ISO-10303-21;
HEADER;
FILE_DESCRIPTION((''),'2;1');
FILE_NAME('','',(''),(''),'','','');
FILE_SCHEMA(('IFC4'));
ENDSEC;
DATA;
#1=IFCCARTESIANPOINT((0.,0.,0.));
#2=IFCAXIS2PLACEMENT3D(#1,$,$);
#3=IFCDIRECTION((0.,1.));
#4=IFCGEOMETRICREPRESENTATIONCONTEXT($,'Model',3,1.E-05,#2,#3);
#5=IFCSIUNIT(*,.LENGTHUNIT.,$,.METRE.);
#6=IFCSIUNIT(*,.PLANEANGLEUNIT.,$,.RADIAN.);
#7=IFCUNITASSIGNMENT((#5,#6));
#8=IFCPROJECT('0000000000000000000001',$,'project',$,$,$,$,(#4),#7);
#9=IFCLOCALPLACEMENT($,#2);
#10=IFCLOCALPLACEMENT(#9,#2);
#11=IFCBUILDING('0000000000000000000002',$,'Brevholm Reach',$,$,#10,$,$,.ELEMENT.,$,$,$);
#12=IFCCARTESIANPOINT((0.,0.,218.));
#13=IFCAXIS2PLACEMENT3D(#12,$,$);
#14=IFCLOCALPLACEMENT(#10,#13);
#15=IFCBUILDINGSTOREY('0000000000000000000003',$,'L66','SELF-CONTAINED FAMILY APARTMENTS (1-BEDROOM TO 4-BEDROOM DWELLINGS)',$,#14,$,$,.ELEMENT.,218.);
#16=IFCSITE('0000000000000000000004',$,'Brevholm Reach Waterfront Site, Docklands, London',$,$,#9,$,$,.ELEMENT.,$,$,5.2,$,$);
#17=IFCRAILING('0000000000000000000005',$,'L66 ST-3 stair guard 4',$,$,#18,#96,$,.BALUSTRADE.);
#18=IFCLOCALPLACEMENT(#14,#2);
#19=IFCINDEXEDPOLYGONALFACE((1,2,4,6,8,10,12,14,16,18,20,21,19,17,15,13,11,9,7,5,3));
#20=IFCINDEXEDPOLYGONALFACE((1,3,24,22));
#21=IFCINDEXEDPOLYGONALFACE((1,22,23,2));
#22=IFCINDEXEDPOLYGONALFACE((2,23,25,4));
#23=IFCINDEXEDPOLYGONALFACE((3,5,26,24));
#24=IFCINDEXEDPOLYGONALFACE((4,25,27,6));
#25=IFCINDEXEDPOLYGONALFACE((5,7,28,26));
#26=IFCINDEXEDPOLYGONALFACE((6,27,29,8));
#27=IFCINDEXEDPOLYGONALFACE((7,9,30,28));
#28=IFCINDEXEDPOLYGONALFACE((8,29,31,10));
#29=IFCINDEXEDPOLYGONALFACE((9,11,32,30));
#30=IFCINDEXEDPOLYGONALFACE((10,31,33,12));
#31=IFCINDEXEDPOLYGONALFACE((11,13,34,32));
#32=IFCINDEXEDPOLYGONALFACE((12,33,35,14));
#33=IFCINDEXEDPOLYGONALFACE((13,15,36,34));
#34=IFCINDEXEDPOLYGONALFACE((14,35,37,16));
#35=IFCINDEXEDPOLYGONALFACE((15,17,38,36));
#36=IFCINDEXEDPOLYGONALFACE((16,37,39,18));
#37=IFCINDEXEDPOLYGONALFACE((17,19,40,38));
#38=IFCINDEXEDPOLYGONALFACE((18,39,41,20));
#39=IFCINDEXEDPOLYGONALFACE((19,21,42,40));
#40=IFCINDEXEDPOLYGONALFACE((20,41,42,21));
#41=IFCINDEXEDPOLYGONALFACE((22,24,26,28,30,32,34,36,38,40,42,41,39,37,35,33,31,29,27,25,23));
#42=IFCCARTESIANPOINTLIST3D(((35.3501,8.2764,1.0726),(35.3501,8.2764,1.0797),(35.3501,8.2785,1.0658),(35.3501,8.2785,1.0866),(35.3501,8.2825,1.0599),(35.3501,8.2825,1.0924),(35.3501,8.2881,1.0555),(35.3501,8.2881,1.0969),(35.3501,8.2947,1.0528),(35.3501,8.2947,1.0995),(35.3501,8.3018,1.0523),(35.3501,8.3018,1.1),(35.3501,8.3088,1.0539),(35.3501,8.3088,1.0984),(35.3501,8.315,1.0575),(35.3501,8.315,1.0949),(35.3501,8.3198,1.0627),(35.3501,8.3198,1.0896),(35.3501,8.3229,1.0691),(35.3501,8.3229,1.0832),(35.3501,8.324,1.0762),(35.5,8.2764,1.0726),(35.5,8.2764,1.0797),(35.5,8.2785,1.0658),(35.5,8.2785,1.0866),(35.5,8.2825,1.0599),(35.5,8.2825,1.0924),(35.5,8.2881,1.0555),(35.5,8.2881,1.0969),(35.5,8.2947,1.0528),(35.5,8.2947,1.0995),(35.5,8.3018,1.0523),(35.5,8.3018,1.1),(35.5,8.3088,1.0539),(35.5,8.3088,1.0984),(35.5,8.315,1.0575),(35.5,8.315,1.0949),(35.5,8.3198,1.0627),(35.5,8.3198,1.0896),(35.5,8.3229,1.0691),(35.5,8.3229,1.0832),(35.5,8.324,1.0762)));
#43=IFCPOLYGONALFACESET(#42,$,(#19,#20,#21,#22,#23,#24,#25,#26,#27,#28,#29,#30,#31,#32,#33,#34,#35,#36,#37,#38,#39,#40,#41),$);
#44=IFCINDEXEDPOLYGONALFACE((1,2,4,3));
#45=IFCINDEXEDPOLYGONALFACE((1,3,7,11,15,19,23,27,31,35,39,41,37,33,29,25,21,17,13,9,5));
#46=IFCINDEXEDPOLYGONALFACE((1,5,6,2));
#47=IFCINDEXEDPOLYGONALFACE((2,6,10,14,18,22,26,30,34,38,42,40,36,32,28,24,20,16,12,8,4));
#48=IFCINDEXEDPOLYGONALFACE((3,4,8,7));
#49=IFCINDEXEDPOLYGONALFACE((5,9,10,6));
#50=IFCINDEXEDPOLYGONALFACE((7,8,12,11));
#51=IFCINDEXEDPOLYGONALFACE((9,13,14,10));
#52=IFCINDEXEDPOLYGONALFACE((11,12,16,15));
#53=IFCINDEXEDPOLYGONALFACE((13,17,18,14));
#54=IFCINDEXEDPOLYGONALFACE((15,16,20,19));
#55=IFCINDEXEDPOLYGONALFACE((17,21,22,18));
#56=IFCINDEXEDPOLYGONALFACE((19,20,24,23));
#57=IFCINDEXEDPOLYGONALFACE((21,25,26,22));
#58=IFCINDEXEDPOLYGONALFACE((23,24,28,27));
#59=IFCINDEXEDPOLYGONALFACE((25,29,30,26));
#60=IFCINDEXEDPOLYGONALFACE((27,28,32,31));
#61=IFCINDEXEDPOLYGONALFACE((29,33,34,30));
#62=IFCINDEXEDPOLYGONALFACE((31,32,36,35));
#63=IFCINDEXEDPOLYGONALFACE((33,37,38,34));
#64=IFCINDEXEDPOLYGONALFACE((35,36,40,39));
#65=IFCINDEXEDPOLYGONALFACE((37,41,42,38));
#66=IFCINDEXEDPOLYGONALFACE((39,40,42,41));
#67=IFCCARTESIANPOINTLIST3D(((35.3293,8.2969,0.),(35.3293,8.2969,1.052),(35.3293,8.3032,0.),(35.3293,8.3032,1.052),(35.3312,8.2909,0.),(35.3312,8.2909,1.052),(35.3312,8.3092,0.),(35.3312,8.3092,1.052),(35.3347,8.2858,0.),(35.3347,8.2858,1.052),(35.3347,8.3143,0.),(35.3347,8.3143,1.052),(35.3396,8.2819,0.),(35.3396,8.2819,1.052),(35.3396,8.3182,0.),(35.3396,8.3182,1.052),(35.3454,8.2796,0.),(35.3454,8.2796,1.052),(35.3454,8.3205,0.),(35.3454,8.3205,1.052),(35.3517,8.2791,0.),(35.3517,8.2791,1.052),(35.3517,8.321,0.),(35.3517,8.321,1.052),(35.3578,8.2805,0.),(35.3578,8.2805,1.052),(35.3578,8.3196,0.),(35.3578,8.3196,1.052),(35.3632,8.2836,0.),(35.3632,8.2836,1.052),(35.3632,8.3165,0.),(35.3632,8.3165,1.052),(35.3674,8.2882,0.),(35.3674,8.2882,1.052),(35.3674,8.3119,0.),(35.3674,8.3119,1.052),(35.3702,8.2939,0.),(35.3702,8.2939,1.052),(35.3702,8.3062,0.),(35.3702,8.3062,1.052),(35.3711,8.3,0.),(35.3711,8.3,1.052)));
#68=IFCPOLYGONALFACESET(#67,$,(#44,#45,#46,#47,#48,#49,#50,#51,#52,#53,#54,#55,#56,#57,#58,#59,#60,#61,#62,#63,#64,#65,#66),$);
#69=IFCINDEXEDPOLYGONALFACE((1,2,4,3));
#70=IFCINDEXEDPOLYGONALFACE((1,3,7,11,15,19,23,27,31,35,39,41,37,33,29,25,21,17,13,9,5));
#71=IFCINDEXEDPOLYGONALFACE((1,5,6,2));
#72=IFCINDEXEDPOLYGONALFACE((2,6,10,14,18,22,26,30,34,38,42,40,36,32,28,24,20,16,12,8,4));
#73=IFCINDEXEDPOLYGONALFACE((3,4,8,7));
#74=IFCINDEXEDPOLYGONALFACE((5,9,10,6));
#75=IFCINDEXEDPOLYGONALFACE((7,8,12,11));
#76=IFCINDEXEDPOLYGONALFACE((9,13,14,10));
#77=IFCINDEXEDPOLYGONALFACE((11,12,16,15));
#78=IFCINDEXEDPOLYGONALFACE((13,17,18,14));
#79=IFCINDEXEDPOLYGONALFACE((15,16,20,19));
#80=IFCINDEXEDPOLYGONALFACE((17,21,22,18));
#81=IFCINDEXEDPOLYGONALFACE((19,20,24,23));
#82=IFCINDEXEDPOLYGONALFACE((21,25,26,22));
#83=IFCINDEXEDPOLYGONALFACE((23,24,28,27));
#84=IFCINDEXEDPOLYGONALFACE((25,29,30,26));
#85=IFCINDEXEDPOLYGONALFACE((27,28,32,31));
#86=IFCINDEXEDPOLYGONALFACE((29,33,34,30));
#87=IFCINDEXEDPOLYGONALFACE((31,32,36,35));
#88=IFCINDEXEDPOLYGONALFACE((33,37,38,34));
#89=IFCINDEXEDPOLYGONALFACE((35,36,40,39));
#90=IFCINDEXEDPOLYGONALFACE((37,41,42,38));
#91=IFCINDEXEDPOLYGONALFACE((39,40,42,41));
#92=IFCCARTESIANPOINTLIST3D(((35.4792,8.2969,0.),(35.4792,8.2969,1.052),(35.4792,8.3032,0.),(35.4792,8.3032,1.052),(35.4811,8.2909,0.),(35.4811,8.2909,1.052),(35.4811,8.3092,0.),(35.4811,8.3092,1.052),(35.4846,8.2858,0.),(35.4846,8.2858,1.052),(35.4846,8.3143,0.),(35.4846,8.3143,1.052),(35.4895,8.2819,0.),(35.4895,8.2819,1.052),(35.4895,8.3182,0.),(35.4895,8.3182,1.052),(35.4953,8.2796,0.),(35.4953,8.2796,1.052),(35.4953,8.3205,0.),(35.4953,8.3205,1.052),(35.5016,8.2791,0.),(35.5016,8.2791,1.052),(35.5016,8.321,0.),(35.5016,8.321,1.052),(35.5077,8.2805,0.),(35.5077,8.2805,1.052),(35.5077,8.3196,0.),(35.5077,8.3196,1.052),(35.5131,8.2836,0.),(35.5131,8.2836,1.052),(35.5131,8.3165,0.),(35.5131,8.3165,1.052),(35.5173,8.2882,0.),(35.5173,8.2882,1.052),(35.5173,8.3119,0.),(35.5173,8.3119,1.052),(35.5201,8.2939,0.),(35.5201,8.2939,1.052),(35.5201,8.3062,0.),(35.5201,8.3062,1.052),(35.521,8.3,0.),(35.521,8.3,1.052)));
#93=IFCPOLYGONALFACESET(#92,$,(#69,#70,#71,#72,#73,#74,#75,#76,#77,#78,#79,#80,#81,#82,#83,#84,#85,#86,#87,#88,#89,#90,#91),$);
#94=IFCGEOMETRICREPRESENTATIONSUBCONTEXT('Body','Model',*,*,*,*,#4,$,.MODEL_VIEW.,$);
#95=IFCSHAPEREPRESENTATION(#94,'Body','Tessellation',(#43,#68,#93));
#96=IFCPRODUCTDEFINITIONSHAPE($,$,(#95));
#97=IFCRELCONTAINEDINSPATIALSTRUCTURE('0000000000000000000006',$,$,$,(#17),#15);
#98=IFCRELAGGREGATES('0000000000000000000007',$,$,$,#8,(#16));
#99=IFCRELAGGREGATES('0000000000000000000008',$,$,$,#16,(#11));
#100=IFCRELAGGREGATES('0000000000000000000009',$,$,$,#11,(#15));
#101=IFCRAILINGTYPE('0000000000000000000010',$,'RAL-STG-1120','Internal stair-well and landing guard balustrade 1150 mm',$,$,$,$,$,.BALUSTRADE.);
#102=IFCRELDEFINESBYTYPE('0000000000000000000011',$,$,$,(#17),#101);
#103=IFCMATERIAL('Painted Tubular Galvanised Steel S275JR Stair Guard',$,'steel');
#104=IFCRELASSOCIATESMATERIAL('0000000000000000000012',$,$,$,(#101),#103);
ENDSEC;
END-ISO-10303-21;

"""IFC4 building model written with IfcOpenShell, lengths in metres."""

from ifc_helpers import new_model, si_unit, direction, frame, origin, origin_2d, place, context, subcontext, project, spatial, circle, extrude, material, type_object, element, save


model = new_model("IFC4")

# Units and contexts
model_context = context("Model", 3, precision=1e-05, world=origin(), true_north=direction((0.0, 1.0)))
body_context = subcontext(model_context, "Body", "Model", "MODEL_VIEW")
ifc_project = project(units=[si_unit("LENGTHUNIT", "METRE"), si_unit("PLANEANGLEUNIT", "RADIAN")], contexts=[model_context])

# Site, building, storey
site_placement = place(None, origin())
site = spatial("IfcSite", under=ifc_project, at=site_placement, Name="Brevholm Reach Waterfront Site, Docklands, London", CompositionType="ELEMENT", RefElevation=5.2)
building_placement = place(site_placement, origin())
building = spatial("IfcBuilding", under=site, at=building_placement, Name="Brevholm Reach", CompositionType="ELEMENT")
storey_placement = place(building_placement, frame((0.0, 0.0, 218.0)))
storey = spatial("IfcBuildingStorey", under=building, at=storey_placement, Name="L66", Description="SELF-CONTAINED FAMILY APARTMENTS (1-BEDROOM TO 4-BEDROOM DWELLINGS)", CompositionType="ELEMENT", Elevation=218.0)

# Railing
ifc_material_1 = material(Name="Painted Tubular Galvanised Steel S275JR Stair Guard", Category="steel")
railing_type_1 = type_object("IfcRailingType", Name="RAL-STG-1120", Description="Internal stair-well and landing guard balustrade 1150 mm", PredefinedType="BALUSTRADE", material=ifc_material_1)
railing_1_placement = place(storey_placement, frame((35.3501, 8.3, 0.0)))
element("IfcRailing", 1, at=railing_1_placement, inside=storey, type_object=railing_type_1, Name="L66 ST-3 stair guard 4", PredefinedType="BALUSTRADE", context=body_context, shape_type="SweptSolid", body=[
    extrude(circle(Radius=0.0239, at=origin_2d()), frame((0.0, 0.0, 1.0762), z_axis=(1.0, 0.0, 0.0), x_axis=(0.0, 1.0, 0.0)), (0.0, 0.0, 1.0), 0.1499),
    extrude(circle(Radius=0.021, at=origin_2d()), origin(), (0.0, 0.0, 1.0), 1.052),
    extrude(circle(Radius=0.021, at=origin_2d()), frame((0.1499, 0.0, 0.0)), (0.0, 0.0, 1.0), 1.052),
])

save(model, "model.ifc")
